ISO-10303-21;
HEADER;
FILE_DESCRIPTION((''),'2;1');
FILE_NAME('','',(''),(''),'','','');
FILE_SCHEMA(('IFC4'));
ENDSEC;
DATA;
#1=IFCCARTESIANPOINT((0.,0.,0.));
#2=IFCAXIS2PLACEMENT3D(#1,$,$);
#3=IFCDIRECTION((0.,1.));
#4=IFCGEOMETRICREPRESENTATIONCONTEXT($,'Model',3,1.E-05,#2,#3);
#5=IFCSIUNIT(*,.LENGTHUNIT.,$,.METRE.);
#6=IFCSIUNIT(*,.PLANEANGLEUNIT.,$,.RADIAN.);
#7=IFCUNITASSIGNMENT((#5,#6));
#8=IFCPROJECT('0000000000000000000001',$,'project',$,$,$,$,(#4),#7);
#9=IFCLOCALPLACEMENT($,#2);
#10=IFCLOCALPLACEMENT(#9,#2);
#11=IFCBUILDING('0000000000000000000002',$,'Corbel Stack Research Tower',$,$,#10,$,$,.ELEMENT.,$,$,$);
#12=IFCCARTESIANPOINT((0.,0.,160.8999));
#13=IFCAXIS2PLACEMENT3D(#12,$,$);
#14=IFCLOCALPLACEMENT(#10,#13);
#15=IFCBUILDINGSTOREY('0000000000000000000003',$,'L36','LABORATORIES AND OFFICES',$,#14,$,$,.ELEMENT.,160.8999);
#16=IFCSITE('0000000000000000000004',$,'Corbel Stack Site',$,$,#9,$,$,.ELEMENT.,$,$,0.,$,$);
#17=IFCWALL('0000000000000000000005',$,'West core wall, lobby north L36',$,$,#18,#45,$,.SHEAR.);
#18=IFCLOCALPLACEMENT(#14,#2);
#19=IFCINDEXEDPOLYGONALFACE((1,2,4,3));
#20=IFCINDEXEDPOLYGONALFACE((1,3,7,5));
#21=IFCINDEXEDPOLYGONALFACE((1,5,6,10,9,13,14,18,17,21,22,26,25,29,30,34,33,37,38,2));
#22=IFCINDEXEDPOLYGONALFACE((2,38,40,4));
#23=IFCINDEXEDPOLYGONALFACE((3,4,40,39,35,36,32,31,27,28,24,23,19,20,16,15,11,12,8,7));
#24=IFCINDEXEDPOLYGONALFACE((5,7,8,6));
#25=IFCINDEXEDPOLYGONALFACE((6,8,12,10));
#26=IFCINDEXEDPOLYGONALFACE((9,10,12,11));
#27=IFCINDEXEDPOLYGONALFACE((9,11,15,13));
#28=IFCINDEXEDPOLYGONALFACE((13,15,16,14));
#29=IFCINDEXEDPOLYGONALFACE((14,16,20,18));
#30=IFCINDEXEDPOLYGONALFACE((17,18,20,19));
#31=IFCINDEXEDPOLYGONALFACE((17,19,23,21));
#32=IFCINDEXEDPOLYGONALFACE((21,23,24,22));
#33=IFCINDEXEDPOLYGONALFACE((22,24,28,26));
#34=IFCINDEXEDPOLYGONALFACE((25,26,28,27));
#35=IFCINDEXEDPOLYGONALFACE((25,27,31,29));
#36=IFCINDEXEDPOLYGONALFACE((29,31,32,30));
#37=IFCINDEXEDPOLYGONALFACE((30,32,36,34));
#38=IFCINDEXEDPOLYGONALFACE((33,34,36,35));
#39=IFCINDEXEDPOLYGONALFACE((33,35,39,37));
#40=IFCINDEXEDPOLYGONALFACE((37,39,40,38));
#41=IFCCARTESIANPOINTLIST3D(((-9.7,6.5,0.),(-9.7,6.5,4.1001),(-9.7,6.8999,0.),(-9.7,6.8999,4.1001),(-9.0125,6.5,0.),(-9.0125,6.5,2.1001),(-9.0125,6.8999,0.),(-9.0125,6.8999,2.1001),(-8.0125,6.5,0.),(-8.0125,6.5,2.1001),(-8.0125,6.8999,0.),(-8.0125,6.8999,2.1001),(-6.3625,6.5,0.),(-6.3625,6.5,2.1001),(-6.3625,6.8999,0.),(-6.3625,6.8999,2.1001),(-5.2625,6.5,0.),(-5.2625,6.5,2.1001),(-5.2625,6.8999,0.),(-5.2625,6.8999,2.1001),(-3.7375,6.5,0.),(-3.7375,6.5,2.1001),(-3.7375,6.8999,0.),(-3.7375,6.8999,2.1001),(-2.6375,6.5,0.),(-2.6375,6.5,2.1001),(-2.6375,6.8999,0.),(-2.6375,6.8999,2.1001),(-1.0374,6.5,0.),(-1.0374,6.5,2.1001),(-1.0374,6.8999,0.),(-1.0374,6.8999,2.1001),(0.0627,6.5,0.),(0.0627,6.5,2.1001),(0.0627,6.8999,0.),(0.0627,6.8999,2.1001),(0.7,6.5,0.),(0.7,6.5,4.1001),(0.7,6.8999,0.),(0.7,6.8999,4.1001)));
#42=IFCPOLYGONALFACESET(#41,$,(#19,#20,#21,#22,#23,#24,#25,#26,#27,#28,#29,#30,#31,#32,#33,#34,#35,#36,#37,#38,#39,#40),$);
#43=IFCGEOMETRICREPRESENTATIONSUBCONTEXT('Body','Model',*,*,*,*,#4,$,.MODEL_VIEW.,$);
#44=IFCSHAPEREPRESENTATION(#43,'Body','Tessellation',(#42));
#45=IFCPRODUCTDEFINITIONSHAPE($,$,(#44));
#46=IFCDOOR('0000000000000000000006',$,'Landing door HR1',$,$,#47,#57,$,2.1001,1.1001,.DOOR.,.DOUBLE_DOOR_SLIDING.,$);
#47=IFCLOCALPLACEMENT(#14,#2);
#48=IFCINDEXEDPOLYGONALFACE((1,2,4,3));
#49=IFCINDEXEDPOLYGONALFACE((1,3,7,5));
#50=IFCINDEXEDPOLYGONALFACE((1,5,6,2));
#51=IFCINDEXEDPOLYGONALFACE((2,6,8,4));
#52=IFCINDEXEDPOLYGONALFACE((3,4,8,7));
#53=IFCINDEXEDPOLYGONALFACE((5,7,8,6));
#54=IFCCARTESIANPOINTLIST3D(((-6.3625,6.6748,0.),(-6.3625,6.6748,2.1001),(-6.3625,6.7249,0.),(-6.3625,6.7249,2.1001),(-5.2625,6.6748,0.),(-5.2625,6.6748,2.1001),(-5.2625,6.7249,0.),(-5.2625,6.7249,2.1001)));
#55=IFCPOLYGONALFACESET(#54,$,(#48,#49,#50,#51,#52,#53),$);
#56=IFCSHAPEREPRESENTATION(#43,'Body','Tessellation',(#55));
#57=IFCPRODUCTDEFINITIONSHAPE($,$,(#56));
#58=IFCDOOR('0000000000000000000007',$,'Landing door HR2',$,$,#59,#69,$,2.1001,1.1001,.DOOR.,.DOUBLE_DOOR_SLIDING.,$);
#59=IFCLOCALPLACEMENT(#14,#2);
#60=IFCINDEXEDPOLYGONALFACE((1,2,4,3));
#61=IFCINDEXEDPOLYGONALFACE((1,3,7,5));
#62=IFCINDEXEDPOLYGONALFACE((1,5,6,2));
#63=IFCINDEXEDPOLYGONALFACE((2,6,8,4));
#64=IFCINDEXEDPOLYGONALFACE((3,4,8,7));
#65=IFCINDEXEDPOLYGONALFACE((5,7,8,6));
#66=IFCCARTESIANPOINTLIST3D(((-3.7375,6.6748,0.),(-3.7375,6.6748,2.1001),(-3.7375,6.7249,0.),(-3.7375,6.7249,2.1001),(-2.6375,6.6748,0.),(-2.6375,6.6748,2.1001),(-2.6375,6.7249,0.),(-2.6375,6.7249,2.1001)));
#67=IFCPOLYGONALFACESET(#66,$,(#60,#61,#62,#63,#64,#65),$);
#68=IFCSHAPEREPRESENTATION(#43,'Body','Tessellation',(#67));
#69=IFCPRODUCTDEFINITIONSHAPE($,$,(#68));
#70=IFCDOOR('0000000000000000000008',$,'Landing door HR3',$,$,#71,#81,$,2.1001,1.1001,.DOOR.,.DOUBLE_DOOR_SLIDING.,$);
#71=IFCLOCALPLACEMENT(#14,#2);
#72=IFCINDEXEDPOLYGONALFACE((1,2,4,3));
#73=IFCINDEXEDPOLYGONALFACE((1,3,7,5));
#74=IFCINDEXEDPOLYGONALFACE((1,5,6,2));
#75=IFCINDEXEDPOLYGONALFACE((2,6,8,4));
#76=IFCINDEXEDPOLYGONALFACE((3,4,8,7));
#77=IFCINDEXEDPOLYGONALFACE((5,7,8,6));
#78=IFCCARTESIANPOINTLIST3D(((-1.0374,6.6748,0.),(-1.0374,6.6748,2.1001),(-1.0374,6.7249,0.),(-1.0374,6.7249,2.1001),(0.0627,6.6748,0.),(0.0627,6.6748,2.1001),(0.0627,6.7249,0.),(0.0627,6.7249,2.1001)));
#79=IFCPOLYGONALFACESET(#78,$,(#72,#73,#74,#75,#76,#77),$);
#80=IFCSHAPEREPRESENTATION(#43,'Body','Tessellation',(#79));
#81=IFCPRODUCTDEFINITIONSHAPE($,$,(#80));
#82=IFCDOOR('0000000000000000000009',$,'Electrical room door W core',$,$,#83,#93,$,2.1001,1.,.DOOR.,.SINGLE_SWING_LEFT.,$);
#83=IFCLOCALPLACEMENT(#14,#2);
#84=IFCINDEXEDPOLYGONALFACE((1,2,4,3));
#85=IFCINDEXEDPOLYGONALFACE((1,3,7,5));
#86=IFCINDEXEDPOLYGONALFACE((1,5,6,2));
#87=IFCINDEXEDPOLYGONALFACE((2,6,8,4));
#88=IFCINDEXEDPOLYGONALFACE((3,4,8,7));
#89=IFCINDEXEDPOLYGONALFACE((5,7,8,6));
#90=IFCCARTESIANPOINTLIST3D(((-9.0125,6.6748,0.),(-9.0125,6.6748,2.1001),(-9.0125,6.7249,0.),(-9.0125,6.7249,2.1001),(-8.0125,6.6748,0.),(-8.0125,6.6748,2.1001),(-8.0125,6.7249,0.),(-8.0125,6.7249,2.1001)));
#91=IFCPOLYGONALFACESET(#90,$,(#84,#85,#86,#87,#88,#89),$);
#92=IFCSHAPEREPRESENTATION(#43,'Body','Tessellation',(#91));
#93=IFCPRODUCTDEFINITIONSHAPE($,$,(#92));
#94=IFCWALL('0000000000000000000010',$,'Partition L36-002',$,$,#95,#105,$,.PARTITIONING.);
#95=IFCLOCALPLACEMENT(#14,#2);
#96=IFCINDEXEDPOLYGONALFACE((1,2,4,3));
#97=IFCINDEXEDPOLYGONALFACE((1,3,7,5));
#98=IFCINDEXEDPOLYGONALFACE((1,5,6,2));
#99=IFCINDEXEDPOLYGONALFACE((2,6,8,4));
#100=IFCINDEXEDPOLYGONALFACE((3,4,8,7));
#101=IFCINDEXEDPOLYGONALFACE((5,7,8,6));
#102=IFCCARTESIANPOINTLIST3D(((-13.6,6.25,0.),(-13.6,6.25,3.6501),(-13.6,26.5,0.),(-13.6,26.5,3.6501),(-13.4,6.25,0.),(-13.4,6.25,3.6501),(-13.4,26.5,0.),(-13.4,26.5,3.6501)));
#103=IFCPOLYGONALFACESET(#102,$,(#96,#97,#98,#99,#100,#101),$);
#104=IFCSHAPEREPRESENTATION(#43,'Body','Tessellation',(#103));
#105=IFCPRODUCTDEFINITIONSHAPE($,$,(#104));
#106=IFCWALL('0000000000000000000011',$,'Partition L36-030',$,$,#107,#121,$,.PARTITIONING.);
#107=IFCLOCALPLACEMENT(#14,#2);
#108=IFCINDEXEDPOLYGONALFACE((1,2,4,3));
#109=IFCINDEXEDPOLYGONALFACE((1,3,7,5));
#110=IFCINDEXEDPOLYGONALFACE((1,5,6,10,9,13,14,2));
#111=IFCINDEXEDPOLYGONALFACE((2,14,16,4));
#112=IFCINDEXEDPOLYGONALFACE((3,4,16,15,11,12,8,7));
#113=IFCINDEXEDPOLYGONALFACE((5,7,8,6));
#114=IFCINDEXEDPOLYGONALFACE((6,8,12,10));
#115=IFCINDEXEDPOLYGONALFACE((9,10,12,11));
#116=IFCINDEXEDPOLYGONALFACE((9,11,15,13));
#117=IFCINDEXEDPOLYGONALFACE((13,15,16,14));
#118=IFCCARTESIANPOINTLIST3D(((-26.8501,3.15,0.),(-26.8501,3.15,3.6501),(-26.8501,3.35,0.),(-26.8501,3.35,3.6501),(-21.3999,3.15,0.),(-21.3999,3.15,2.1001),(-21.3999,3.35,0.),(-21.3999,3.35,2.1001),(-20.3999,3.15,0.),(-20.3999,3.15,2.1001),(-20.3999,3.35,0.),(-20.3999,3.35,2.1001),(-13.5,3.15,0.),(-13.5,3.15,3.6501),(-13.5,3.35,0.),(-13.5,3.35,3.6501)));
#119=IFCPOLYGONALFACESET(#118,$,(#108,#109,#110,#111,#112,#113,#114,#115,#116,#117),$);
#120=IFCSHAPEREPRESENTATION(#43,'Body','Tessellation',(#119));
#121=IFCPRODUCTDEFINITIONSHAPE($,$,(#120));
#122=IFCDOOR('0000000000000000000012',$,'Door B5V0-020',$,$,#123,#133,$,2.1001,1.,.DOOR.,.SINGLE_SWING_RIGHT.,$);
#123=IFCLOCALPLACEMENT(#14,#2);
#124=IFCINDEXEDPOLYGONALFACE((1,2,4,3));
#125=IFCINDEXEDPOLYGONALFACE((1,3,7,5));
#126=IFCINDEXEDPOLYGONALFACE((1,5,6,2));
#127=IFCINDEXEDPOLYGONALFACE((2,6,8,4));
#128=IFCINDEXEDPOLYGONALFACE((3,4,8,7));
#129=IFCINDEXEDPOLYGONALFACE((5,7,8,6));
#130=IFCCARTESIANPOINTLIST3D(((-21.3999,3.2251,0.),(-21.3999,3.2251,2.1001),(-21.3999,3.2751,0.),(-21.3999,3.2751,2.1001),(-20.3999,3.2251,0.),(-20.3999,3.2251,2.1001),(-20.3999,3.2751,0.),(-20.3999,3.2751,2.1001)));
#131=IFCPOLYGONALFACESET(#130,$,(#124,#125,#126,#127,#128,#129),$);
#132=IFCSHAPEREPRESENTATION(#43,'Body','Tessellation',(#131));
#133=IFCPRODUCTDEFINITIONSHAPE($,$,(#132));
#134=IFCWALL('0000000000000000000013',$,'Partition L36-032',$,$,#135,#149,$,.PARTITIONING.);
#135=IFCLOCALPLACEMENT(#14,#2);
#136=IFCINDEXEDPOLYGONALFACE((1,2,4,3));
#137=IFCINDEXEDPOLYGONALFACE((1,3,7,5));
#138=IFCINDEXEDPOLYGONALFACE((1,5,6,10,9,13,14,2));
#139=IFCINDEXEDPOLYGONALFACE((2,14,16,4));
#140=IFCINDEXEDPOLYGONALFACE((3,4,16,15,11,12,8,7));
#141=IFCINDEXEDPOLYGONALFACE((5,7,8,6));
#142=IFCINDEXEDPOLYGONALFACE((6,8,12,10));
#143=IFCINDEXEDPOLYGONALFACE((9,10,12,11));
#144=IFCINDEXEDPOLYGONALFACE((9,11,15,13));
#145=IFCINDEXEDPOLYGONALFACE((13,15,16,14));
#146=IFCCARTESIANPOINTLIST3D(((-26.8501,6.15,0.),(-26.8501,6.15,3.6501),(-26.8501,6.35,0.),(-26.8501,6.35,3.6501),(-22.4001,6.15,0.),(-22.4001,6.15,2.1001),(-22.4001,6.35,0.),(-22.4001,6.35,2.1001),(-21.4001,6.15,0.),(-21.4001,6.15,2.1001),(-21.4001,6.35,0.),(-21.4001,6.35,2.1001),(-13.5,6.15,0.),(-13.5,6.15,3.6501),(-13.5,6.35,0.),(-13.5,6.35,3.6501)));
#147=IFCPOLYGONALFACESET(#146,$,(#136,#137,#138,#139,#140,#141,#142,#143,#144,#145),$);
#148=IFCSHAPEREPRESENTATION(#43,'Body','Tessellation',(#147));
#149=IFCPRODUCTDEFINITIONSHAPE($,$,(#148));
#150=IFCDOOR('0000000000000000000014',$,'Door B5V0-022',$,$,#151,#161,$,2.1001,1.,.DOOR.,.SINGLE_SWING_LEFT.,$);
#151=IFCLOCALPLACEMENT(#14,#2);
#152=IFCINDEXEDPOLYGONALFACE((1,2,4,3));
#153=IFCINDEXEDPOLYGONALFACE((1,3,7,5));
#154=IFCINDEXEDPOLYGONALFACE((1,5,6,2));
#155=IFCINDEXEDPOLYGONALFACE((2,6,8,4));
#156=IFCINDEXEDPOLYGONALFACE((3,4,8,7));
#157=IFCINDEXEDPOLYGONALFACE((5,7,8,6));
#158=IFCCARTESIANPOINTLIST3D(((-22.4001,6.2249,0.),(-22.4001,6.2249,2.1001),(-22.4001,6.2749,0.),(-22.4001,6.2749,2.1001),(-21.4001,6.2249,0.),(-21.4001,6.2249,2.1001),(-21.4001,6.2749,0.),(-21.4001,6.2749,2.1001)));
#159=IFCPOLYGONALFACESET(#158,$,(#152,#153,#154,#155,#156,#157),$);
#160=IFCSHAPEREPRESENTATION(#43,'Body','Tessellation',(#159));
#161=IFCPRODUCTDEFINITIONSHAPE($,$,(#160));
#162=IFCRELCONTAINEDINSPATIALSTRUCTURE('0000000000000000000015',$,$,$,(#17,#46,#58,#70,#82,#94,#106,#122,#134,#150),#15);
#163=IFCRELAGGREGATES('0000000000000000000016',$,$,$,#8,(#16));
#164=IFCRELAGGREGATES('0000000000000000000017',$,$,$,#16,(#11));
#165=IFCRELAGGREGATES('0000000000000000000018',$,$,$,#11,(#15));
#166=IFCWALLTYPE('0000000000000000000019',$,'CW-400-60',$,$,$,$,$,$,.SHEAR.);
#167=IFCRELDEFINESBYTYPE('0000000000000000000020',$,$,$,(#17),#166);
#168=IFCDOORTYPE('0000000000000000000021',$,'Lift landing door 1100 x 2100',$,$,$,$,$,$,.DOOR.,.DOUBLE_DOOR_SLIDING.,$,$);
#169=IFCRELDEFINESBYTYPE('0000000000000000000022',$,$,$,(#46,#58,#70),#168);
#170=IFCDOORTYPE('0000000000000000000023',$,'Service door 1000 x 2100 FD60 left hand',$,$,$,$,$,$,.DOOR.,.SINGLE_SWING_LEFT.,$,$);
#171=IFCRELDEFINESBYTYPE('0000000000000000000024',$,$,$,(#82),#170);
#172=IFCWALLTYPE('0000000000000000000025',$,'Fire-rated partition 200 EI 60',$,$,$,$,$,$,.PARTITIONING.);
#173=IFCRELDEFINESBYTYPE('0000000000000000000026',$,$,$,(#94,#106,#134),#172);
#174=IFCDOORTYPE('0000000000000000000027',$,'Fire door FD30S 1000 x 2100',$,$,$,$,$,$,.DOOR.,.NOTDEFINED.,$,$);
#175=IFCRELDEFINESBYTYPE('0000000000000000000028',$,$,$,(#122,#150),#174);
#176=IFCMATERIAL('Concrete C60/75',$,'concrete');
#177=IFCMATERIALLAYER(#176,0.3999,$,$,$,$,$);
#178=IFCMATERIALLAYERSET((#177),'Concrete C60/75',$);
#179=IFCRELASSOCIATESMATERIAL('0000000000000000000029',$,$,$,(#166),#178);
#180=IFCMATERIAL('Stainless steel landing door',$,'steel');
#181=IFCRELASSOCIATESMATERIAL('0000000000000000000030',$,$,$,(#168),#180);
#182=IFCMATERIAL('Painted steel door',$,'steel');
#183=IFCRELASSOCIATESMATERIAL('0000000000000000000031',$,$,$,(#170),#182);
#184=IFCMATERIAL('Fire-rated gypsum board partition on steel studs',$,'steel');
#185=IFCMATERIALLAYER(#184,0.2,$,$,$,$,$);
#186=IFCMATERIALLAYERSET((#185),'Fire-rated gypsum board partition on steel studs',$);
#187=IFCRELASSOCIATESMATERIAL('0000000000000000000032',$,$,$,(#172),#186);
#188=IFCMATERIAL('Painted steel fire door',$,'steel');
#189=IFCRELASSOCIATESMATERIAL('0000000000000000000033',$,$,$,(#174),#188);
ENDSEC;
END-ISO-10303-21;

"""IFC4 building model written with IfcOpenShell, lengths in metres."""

from ifc_helpers import new_model, si_unit, direction, frame, frame_2d, origin, place, context, subcontext, project, spatial, rectangle, extrude, material, layer, layer_set, type_object, element, fill, save


model = new_model("IFC4")

# Units and contexts
model_context = context("Model", 3, precision=1e-05, world=origin(), true_north=direction((0.0, 1.0)))
body_context = subcontext(model_context, "Body", "Model", "MODEL_VIEW")
ifc_project = project(units=[si_unit("LENGTHUNIT", "METRE"), si_unit("PLANEANGLEUNIT", "RADIAN")], contexts=[model_context])

# Site, building, storey
site_placement = place(None, origin())
site = spatial("IfcSite", under=ifc_project, at=site_placement, Name="Corbel Stack Site", CompositionType="ELEMENT", RefElevation=0.0)
building_placement = place(site_placement, origin())
building = spatial("IfcBuilding", under=site, at=building_placement, Name="Corbel Stack Research Tower", CompositionType="ELEMENT")
storey_placement = place(building_placement, frame((0.0, 0.0, 160.8999)))
storey = spatial("IfcBuildingStorey", under=building, at=storey_placement, Name="L36", Description="LABORATORIES AND OFFICES", CompositionType="ELEMENT", Elevation=160.8999)

# Wall, openings, doors
ifc_material_1 = material(Name="Concrete C60/75", Category="concrete")
ifc_layer_1 = layer(ifc_material_1, 0.3999)
ifc_layer_set_1 = layer_set([ifc_layer_1], Name="Concrete C60/75")
wall_type_1 = type_object("IfcWallType", Name="CW-400-60", PredefinedType="SHEAR", material=ifc_layer_set_1)
ifc_material_2 = material(Name="Stainless steel landing door", Category="steel")
door_type_1 = type_object("IfcDoorType", Name="Lift landing door 1100 x 2100", OperationType="DOUBLE_DOOR_SLIDING", PredefinedType="DOOR", material=ifc_material_2)
ifc_material_3 = material(Name="Painted steel door", Category="steel")
door_type_2 = type_object("IfcDoorType", Name="Service door 1000 x 2100 FD60 left hand", OperationType="SINGLE_SWING_LEFT", PredefinedType="DOOR", material=ifc_material_3)
wall_1_placement = place(storey_placement, frame((-9.7, 6.7, 0.0), z_axis=(0.0, 0.0, 1.0), x_axis=(1.0, 0.0, 0.0)))
wall_1 = element("IfcWall", 1, at=wall_1_placement, inside=storey, type_object=wall_type_1, Name="West core wall, lobby north L36", PredefinedType="SHEAR", context=body_context, shape_type="SweptSolid", body=[
    extrude(rectangle(XDim=10.3999, YDim=0.3999, at=frame_2d((5.2, 0.0))), origin(), (0.0, 0.0, 1.0), 4.1001),
])
opening_1_placement = place(wall_1_placement, frame((3.3374, 0.0, 0.0)))
opening_1 = element("IfcOpeningElement", 2, at=opening_1_placement, cuts=wall_1, PredefinedType="OPENING", context=body_context, shape_type="SweptSolid", body=[
    extrude(rectangle(XDim=1.1001, YDim=2.1001, at=frame_2d((0.55, 1.05))), frame((0.0, 0.21, 0.0), z_axis=(0.0, -1.0, 0.0), x_axis=(1.0, 0.0, 0.0)), (0.0, 0.0, 1.0), 0.4199),
])
opening_2_placement = place(wall_1_placement, frame((5.9624, 0.0, 0.0)))
opening_2 = element("IfcOpeningElement", 3, at=opening_2_placement, cuts=wall_1, PredefinedType="OPENING", context=body_context, shape_type="SweptSolid", body=[
    extrude(rectangle(XDim=1.1001, YDim=2.1001, at=frame_2d((0.55, 1.05))), frame((0.0, 0.21, 0.0), z_axis=(0.0, -1.0, 0.0), x_axis=(1.0, 0.0, 0.0)), (0.0, 0.0, 1.0), 0.4199),
])
opening_3_placement = place(wall_1_placement, frame((8.6626, 0.0, 0.0)))
opening_3 = element("IfcOpeningElement", 4, at=opening_3_placement, cuts=wall_1, PredefinedType="OPENING", context=body_context, shape_type="SweptSolid", body=[
    extrude(rectangle(XDim=1.1001, YDim=2.1001, at=frame_2d((0.55, 1.05))), frame((0.0, 0.21, 0.0), z_axis=(0.0, -1.0, 0.0), x_axis=(1.0, 0.0, 0.0)), (0.0, 0.0, 1.0), 0.4199),
])
opening_4_placement = place(wall_1_placement, frame((0.6875, 0.0, 0.0)))
opening_4 = element("IfcOpeningElement", 5, at=opening_4_placement, cuts=wall_1, PredefinedType="OPENING", context=body_context, shape_type="SweptSolid", body=[
    extrude(rectangle(XDim=1.0, YDim=2.1001, at=frame_2d((0.5, 1.05))), frame((0.0, 0.21, 0.0), z_axis=(0.0, -1.0, 0.0), x_axis=(1.0, 0.0, 0.0)), (0.0, 0.0, 1.0), 0.4199),
])
door_1_placement = place(opening_1_placement, origin())
door_1 = element("IfcDoor", 6, at=door_1_placement, inside=storey, type_object=door_type_1, Name="Landing door HR1", OperationType="DOUBLE_DOOR_SLIDING", OverallHeight=2.1001, OverallWidth=1.1001, PredefinedType="DOOR", context=body_context, shape_type="SweptSolid", body=[
    extrude(rectangle(XDim=1.1001, YDim=2.1001, at=frame_2d((0.55, 1.05))), frame((0.0, 0.0249, 0.0), z_axis=(0.0, -1.0, 0.0), x_axis=(1.0, 0.0, 0.0)), (0.0, 0.0, 1.0), 0.05),
])
fill(opening_1, door_1)
door_2_placement = place(opening_2_placement, origin())
door_2 = element("IfcDoor", 7, at=door_2_placement, inside=storey, type_object=door_type_1, Name="Landing door HR2", OperationType="DOUBLE_DOOR_SLIDING", OverallHeight=2.1001, OverallWidth=1.1001, PredefinedType="DOOR", context=body_context, shape_type="SweptSolid", body=[
    extrude(rectangle(XDim=1.1001, YDim=2.1001, at=frame_2d((0.55, 1.05))), frame((0.0, 0.0249, 0.0), z_axis=(0.0, -1.0, 0.0), x_axis=(1.0, 0.0, 0.0)), (0.0, 0.0, 1.0), 0.05),
])
fill(opening_2, door_2)
door_3_placement = place(opening_3_placement, origin())
door_3 = element("IfcDoor", 8, at=door_3_placement, inside=storey, type_object=door_type_1, Name="Landing door HR3", OperationType="DOUBLE_DOOR_SLIDING", OverallHeight=2.1001, OverallWidth=1.1001, PredefinedType="DOOR", context=body_context, shape_type="SweptSolid", body=[
    extrude(rectangle(XDim=1.1001, YDim=2.1001, at=frame_2d((0.55, 1.05))), frame((0.0, 0.0249, 0.0), z_axis=(0.0, -1.0, 0.0), x_axis=(1.0, 0.0, 0.0)), (0.0, 0.0, 1.0), 0.05),
])
fill(opening_3, door_3)
door_4_placement = place(opening_4_placement, origin())
door_4 = element("IfcDoor", 9, at=door_4_placement, inside=storey, type_object=door_type_2, Name="Electrical room door W core", OperationType="SINGLE_SWING_LEFT", OverallHeight=2.1001, OverallWidth=1.0, PredefinedType="DOOR", context=body_context, shape_type="SweptSolid", body=[
    extrude(rectangle(XDim=1.0, YDim=2.1001, at=frame_2d((0.5, 1.05))), frame((0.0, 0.0249, 0.0), z_axis=(0.0, -1.0, 0.0), x_axis=(1.0, 0.0, 0.0)), (0.0, 0.0, 1.0), 0.05),
])
fill(opening_4, door_4)

# Wall
ifc_material_4 = material(Name="Fire-rated gypsum board partition on steel studs", Category="steel")
ifc_layer_2 = layer(ifc_material_4, 0.2)
ifc_layer_set_2 = layer_set([ifc_layer_2], Name="Fire-rated gypsum board partition on steel studs")
wall_type_2 = type_object("IfcWallType", Name="Fire-rated partition 200 EI 60", PredefinedType="PARTITIONING", material=ifc_layer_set_2)
wall_2_placement = place(storey_placement, frame((-13.5, 6.25, 0.0), z_axis=(0.0, 0.0, 1.0), x_axis=(0.0, 1.0, 0.0)))
element("IfcWall", 10, at=wall_2_placement, inside=storey, type_object=wall_type_2, Name="Partition L36-002", PredefinedType="PARTITIONING", context=body_context, shape_type="SweptSolid", body=[
    extrude(rectangle(XDim=20.25, YDim=0.2, at=frame_2d((10.125, 0.0))), origin(), (0.0, 0.0, 1.0), 3.6501),
])

# Walls, openings, doors
wall_3_placement = place(storey_placement, frame((-13.5, 3.25, 0.0), z_axis=(0.0, 0.0, 1.0), x_axis=(-1.0, 0.0, 0.0)))
wall_3 = element("IfcWall", 11, at=wall_3_placement, inside=storey, type_object=wall_type_2, Name="Partition L36-030", PredefinedType="PARTITIONING", context=body_context, shape_type="SweptSolid", body=[
    extrude(rectangle(XDim=13.3501, YDim=0.2, at=frame_2d((6.675, 0.0))), origin(), (0.0, 0.0, 1.0), 3.6501),
])
opening_5_placement = place(wall_3_placement, frame((6.8999, 0.0, 0.0)))
opening_5 = element("IfcOpeningElement", 12, at=opening_5_placement, cuts=wall_3, PredefinedType="OPENING", context=body_context, shape_type="SweptSolid", body=[
    extrude(rectangle(XDim=1.0, YDim=2.1001, at=frame_2d((0.5, 1.05))), frame((0.0, 0.1099, 0.0), z_axis=(0.0, -1.0, 0.0), x_axis=(1.0, 0.0, 0.0)), (0.0, 0.0, 1.0), 0.22),
])
ifc_material_5 = material(Name="Painted steel fire door", Category="steel")
door_type_3 = type_object("IfcDoorType", Name="Fire door FD30S 1000 x 2100", OperationType="NOTDEFINED", PredefinedType="DOOR", material=ifc_material_5)
door_5_placement = place(opening_5_placement, origin())
door_5 = element("IfcDoor", 13, at=door_5_placement, inside=storey, type_object=door_type_3, Name="Door B5V0-020", OperationType="SINGLE_SWING_RIGHT", OverallHeight=2.1001, OverallWidth=1.0, PredefinedType="DOOR", context=body_context, shape_type="SweptSolid", body=[
    extrude(rectangle(XDim=1.0, YDim=2.1001, at=frame_2d((0.5, 1.05))), frame((0.0, 0.0249, 0.0), z_axis=(0.0, -1.0, 0.0), x_axis=(1.0, 0.0, 0.0)), (0.0, 0.0, 1.0), 0.05),
])
fill(opening_5, door_5)
wall_4_placement = place(storey_placement, frame((-26.8501, 6.25, 0.0), z_axis=(0.0, 0.0, 1.0), x_axis=(1.0, 0.0, 0.0)))
wall_4 = element("IfcWall", 14, at=wall_4_placement, inside=storey, type_object=wall_type_2, Name="Partition L36-032", PredefinedType="PARTITIONING", context=body_context, shape_type="SweptSolid", body=[
    extrude(rectangle(XDim=13.3501, YDim=0.2, at=frame_2d((6.675, 0.0))), origin(), (0.0, 0.0, 1.0), 3.6501),
])
opening_6_placement = place(wall_4_placement, frame((4.45, 0.0, 0.0)))
opening_6 = element("IfcOpeningElement", 15, at=opening_6_placement, cuts=wall_4, PredefinedType="OPENING", context=body_context, shape_type="SweptSolid", body=[
    extrude(rectangle(XDim=1.0, YDim=2.1001, at=frame_2d((0.5, 1.05))), frame((0.0, 0.1099, 0.0), z_axis=(0.0, -1.0, 0.0), x_axis=(1.0, 0.0, 0.0)), (0.0, 0.0, 1.0), 0.22),
])
door_6_placement = place(opening_6_placement, origin())
door_6 = element("IfcDoor", 16, at=door_6_placement, inside=storey, type_object=door_type_3, Name="Door B5V0-022", OperationType="SINGLE_SWING_LEFT", OverallHeight=2.1001, OverallWidth=1.0, PredefinedType="DOOR", context=body_context, shape_type="SweptSolid", body=[
    extrude(rectangle(XDim=1.0, YDim=2.1001, at=frame_2d((0.5, 1.05))), frame((0.0, 0.0249, 0.0), z_axis=(0.0, -1.0, 0.0), x_axis=(1.0, 0.0, 0.0)), (0.0, 0.0, 1.0), 0.05),
])
fill(opening_6, door_6)

save(model, "model.ifc")
